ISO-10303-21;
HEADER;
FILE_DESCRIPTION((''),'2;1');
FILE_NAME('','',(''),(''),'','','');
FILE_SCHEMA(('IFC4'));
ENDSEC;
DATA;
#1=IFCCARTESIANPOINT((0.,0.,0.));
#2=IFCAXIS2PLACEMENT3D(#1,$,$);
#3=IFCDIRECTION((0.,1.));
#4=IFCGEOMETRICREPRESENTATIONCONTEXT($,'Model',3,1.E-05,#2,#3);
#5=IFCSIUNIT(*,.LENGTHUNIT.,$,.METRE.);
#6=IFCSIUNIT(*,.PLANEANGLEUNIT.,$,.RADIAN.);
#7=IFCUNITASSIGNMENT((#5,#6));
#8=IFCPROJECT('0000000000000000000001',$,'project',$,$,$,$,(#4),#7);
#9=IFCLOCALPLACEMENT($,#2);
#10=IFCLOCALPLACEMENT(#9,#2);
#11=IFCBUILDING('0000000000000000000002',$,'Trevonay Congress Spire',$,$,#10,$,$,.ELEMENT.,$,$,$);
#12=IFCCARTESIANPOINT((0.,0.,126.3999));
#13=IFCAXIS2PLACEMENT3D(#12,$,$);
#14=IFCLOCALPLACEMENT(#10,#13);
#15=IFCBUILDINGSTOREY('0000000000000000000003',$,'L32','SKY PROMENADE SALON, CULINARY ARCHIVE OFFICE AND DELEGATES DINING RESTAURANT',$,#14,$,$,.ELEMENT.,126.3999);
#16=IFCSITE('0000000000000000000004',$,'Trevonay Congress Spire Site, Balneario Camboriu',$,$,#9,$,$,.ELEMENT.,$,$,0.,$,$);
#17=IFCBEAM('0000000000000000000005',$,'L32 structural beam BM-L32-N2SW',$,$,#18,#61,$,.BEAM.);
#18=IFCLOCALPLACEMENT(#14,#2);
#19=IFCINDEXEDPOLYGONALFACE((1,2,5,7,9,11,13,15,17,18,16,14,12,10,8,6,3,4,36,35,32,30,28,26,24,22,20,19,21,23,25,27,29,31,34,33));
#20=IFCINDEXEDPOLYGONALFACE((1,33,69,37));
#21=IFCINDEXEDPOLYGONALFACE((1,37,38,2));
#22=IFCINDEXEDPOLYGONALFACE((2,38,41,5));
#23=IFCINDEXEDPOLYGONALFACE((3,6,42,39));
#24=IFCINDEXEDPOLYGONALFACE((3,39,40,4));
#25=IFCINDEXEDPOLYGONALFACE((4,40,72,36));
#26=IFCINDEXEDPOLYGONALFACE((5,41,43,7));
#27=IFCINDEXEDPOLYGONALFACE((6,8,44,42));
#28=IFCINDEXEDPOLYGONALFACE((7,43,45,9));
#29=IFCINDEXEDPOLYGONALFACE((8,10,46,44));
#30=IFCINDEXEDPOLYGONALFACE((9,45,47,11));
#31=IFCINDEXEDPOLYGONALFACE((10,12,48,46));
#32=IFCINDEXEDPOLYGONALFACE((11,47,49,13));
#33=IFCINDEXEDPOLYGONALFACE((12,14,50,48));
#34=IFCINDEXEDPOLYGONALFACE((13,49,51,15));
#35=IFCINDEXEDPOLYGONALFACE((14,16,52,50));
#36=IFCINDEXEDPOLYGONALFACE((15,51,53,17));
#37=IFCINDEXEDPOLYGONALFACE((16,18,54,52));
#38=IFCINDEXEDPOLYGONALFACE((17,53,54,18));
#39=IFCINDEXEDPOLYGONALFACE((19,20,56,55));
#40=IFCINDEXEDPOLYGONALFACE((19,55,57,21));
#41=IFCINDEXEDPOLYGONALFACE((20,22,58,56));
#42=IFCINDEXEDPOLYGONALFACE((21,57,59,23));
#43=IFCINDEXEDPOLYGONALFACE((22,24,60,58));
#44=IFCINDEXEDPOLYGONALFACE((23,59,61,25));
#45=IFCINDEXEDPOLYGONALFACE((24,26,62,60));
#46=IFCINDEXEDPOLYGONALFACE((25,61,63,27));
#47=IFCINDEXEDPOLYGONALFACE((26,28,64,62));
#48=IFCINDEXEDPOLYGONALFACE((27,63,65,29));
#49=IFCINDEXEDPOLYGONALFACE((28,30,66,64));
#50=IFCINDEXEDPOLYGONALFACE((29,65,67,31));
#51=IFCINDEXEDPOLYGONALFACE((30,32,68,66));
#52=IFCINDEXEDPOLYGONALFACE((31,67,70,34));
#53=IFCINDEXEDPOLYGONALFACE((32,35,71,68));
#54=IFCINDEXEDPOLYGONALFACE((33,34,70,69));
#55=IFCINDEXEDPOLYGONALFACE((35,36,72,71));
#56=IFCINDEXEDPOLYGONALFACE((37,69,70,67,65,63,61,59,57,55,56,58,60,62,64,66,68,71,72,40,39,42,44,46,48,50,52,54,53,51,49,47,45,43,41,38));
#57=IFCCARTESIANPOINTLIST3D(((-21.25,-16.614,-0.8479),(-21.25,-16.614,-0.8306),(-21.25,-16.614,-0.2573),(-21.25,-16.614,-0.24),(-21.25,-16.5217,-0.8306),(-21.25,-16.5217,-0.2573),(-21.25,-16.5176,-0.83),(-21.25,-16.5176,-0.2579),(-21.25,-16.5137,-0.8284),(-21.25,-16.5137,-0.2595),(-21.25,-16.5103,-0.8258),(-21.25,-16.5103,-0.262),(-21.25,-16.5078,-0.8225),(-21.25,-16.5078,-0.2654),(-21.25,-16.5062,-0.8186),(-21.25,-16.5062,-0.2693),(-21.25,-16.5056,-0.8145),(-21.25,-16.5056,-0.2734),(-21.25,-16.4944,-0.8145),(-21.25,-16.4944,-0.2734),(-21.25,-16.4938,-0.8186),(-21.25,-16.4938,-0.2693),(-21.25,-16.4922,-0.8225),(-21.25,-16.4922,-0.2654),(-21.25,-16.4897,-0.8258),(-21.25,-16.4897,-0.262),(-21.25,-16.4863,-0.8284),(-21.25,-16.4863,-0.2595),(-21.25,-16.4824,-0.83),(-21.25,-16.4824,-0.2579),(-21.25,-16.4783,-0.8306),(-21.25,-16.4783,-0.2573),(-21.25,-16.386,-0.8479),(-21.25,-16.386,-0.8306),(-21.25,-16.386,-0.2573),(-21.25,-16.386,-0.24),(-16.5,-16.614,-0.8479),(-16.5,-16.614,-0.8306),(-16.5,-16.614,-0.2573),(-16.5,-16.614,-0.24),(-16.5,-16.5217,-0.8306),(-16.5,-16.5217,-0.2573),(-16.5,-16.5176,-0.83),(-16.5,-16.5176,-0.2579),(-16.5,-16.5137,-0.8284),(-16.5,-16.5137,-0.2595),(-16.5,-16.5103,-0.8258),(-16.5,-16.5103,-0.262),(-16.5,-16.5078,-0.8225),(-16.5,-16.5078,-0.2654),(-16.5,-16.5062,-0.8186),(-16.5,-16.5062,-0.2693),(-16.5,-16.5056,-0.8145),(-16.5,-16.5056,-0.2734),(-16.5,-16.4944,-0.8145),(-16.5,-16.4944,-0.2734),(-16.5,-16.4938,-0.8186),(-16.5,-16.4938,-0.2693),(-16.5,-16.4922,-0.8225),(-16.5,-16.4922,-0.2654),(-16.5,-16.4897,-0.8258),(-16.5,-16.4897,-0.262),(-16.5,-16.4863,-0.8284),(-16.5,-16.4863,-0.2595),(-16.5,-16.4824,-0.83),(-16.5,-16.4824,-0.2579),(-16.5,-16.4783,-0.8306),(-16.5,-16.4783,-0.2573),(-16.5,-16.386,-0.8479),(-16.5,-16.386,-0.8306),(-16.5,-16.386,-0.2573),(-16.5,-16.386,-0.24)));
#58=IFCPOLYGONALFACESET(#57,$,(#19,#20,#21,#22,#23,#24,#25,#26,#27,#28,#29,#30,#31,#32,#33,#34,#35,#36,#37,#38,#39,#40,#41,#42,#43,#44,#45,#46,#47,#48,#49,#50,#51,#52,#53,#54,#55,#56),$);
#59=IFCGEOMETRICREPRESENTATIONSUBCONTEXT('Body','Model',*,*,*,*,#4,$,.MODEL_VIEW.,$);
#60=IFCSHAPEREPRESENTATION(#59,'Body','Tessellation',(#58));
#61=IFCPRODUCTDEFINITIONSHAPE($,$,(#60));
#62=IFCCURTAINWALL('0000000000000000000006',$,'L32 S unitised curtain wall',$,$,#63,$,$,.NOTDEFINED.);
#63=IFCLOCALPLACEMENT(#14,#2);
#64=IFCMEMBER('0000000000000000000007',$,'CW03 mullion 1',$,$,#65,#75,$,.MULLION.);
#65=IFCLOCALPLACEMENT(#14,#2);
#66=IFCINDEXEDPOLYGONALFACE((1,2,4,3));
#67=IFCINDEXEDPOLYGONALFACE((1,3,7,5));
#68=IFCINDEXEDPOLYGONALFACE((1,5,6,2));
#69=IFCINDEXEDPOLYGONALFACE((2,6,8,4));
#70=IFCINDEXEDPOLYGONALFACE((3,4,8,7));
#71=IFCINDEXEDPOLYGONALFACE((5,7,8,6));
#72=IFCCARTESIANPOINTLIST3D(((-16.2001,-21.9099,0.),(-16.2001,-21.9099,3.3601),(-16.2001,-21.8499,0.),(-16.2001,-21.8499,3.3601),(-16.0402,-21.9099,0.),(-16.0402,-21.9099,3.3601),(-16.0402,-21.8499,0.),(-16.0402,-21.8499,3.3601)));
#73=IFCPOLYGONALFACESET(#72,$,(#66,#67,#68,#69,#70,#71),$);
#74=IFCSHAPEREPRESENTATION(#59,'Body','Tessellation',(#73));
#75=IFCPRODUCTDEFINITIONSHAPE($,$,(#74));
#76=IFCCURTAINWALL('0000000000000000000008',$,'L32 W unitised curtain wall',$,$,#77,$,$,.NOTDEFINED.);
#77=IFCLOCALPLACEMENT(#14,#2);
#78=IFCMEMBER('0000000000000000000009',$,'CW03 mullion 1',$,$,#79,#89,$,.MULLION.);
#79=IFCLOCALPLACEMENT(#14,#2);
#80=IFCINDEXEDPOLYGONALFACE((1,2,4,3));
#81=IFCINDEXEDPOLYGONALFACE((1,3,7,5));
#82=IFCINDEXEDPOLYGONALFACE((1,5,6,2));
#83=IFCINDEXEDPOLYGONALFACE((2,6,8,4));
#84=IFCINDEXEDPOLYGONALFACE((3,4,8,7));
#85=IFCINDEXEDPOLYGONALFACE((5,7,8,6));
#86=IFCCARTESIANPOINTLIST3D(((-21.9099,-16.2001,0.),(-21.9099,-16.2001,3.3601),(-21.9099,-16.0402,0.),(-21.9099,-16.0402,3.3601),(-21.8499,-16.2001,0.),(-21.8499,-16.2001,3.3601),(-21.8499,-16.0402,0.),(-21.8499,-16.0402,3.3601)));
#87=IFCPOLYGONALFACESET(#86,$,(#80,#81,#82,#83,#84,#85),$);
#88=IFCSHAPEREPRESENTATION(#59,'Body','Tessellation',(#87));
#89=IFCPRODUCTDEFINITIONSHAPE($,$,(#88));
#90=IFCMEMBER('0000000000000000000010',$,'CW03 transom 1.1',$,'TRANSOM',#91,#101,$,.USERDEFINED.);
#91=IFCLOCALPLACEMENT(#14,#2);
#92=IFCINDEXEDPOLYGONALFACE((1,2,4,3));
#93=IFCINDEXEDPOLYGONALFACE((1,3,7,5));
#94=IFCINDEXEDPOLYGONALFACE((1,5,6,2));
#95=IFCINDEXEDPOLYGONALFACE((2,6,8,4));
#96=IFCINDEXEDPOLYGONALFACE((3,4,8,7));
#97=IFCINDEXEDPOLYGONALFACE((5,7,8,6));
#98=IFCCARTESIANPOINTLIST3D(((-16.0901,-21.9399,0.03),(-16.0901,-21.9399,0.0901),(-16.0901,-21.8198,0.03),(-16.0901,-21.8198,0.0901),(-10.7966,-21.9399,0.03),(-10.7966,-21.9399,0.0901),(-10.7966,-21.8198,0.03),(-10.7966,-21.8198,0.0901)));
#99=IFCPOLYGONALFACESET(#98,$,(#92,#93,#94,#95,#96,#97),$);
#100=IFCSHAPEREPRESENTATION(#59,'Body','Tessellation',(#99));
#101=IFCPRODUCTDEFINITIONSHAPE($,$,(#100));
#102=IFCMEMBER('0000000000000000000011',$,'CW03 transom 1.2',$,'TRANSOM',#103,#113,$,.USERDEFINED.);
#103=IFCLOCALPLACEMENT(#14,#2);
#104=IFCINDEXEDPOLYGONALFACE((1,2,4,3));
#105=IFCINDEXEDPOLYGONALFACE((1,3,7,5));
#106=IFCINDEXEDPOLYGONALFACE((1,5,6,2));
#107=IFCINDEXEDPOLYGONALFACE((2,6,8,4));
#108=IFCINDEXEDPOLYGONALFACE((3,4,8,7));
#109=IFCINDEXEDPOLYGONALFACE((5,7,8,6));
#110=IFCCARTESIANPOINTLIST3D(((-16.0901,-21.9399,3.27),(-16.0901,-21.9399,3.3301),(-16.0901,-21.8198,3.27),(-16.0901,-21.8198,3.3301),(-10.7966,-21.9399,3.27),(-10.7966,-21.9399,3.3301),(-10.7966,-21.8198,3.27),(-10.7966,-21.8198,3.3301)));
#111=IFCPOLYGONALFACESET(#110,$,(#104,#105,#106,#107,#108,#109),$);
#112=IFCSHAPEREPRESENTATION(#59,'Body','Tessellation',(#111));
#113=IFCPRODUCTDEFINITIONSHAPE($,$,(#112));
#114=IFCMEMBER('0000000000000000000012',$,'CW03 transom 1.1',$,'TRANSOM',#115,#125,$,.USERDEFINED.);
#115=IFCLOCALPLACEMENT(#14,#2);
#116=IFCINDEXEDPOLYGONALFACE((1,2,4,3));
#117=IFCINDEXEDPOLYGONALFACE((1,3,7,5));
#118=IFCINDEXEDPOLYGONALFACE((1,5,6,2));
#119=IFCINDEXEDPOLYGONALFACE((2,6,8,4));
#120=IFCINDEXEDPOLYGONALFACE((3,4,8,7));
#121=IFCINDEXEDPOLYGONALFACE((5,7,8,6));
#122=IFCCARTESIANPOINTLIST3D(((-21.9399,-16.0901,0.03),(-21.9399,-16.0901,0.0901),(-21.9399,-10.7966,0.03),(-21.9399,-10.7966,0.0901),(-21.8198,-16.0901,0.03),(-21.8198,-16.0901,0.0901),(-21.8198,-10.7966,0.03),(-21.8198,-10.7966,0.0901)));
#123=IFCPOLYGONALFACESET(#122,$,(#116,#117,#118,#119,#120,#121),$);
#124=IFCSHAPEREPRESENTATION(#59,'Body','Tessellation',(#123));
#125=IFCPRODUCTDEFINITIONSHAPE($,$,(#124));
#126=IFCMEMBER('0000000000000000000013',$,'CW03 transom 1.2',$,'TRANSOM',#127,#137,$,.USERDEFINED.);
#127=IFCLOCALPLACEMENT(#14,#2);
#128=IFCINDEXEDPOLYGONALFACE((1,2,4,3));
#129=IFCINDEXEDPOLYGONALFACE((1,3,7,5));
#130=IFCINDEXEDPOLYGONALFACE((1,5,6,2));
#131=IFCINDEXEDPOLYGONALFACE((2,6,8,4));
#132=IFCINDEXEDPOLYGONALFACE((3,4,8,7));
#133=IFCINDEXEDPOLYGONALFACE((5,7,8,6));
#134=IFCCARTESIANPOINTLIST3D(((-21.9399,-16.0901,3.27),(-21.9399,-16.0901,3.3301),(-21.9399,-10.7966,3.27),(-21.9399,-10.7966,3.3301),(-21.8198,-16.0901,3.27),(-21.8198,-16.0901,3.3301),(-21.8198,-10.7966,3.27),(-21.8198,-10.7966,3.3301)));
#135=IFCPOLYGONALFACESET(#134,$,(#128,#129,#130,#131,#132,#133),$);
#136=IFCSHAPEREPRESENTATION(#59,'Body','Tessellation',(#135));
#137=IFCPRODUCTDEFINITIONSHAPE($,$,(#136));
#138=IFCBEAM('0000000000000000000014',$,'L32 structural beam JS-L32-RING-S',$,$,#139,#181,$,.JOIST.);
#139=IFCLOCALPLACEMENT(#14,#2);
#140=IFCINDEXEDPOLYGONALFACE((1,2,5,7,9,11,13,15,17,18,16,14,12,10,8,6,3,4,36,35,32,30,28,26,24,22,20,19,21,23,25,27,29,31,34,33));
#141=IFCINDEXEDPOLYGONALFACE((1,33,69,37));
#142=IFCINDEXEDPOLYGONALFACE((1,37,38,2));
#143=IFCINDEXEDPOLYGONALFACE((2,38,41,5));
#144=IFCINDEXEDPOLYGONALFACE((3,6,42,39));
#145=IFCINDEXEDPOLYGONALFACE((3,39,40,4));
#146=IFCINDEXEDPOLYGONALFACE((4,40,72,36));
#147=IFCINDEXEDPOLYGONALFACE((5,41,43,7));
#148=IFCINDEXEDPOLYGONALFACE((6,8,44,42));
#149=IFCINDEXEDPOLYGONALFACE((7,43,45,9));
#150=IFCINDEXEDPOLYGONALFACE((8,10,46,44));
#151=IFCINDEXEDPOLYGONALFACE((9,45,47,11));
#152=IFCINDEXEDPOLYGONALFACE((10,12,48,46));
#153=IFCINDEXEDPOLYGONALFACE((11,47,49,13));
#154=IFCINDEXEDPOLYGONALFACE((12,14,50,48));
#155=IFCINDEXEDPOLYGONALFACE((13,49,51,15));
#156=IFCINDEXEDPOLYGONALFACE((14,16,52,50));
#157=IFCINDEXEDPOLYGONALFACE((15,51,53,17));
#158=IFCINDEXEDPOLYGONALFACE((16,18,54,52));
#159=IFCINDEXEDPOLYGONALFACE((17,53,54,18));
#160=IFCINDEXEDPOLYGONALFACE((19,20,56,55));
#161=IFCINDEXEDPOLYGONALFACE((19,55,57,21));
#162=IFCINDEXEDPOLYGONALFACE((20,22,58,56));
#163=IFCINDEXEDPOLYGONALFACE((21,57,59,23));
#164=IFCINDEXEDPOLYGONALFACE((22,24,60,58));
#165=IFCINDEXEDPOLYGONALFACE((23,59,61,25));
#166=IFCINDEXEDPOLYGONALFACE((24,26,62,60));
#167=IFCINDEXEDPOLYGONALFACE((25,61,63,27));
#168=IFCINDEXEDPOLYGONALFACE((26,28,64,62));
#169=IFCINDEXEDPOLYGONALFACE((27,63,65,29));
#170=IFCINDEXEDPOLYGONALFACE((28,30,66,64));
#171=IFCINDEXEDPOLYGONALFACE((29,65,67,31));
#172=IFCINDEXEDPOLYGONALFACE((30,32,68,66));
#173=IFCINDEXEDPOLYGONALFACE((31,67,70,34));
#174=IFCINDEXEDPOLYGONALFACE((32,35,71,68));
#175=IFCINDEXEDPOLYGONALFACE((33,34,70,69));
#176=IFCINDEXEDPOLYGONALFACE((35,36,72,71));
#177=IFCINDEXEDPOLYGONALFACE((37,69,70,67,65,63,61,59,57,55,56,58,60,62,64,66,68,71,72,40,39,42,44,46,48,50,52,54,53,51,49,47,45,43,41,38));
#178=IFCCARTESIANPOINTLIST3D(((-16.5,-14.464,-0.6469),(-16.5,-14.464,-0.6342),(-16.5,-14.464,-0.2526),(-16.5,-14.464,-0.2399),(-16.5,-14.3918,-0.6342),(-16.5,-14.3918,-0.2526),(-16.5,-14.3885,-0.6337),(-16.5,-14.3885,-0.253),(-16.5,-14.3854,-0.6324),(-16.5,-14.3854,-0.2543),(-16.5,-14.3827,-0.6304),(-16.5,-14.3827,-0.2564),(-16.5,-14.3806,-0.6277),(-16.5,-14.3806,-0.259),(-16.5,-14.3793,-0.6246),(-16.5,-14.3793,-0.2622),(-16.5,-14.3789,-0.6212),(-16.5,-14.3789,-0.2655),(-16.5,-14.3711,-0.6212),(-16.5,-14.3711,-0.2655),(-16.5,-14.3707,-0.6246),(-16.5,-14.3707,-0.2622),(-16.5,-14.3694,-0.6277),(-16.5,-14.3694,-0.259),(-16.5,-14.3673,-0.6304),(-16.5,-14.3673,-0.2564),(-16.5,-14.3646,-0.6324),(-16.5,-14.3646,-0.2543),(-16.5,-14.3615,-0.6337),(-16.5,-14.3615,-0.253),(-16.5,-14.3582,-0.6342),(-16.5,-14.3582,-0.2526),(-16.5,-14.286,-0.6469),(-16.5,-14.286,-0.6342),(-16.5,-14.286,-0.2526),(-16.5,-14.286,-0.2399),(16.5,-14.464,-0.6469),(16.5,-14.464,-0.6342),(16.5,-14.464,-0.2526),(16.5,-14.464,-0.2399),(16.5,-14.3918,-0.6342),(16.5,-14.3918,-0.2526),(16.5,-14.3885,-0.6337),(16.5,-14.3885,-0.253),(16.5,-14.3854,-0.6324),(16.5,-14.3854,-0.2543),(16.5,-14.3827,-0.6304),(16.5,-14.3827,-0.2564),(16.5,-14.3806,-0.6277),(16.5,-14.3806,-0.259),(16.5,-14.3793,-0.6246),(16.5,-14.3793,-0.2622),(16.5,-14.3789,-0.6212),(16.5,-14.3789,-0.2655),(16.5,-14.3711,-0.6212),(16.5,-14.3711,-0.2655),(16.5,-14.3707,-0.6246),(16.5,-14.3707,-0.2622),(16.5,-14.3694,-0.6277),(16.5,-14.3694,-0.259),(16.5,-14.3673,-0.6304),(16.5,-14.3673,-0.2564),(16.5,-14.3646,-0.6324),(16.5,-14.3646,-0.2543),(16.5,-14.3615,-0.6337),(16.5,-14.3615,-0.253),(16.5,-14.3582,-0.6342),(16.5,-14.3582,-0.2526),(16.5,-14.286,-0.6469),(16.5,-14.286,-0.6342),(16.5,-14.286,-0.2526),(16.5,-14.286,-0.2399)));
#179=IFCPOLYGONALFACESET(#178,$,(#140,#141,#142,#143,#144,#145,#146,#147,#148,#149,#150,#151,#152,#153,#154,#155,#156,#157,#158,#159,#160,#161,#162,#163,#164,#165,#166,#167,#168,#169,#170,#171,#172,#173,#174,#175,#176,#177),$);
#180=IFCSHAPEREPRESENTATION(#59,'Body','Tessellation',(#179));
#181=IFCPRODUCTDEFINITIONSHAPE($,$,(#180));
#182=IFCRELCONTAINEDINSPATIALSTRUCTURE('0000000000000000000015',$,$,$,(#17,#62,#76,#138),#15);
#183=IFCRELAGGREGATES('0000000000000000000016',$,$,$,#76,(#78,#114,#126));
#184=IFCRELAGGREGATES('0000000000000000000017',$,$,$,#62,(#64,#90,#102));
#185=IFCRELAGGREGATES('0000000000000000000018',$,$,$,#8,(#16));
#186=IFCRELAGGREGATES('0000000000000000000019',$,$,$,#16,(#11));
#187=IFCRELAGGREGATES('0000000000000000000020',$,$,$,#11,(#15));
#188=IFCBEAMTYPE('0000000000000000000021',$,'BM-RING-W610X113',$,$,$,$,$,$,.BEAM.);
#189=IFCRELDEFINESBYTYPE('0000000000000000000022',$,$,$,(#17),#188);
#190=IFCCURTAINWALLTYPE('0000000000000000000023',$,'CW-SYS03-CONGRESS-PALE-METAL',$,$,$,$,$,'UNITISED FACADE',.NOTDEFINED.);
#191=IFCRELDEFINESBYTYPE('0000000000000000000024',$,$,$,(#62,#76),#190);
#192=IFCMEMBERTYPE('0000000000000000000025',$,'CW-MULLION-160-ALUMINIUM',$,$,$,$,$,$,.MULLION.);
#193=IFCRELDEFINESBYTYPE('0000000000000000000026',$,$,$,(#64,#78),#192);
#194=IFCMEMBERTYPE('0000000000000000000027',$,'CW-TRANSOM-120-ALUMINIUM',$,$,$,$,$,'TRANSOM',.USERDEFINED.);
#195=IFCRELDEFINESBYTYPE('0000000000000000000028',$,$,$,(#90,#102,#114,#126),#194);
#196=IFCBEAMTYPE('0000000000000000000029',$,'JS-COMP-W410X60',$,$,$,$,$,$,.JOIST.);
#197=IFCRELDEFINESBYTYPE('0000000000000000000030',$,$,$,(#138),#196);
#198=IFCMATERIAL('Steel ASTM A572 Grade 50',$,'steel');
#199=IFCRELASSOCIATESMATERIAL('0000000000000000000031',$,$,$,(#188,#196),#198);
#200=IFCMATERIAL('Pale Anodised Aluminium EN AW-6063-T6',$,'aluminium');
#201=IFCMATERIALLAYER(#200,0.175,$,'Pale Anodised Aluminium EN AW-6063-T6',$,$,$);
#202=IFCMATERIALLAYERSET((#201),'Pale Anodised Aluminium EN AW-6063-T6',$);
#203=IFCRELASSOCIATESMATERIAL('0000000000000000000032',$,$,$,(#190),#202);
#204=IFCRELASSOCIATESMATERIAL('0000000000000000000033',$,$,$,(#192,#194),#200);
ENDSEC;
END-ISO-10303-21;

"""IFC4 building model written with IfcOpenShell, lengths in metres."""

from ifc_helpers import new_model, si_unit, direction, frame, origin, origin_2d, place, context, subcontext, project, spatial, rectangle, i_section, extrude, material, layer, layer_set, material_profile, profile_set, type_object, element, aggregate, save


model = new_model("IFC4")

# Units and contexts
model_context = context("Model", 3, precision=1e-05, world=origin(), true_north=direction((0.0, 1.0)))
body_context = subcontext(model_context, "Body", "Model", "MODEL_VIEW")
ifc_project = project(units=[si_unit("LENGTHUNIT", "METRE"), si_unit("PLANEANGLEUNIT", "RADIAN")], contexts=[model_context])

# Site, building, storey
site_placement = place(None, origin())
site = spatial("IfcSite", under=ifc_project, at=site_placement, Name="Trevonay Congress Spire Site, Balneario Camboriu", CompositionType="ELEMENT", RefElevation=0.0)
building_placement = place(site_placement, origin())
building = spatial("IfcBuilding", under=site, at=building_placement, Name="Trevonay Congress Spire", CompositionType="ELEMENT")
storey_placement = place(building_placement, frame((0.0, 0.0, 126.3999)))
storey = spatial("IfcBuildingStorey", under=building, at=storey_placement, Name="L32", Description="SKY PROMENADE SALON, CULINARY ARCHIVE OFFICE AND DELEGATES DINING RESTAURANT", CompositionType="ELEMENT", Elevation=126.3999)

# Shared definitions
ifc_material_1 = material(Name="Steel ASTM A572 Grade 50", Category="steel")

# Beam
ifc_material_profile_1 = material_profile(ifc_material_1, i_section(OverallWidth=0.228, OverallDepth=0.6079, WebThickness=0.0112, FlangeThickness=0.0173, FilletRadius=0.0161, at=origin_2d()), Name="W610x113")
ifc_profile_set_1 = profile_set([ifc_material_profile_1], Name="Steel ASTM A572 Grade 50")
beam_type_1 = type_object("IfcBeamType", Name="BM-RING-W610X113", PredefinedType="BEAM", material=ifc_profile_set_1)
for number, where, z_axis, x_axis, name in (
    (1, (-21.25, -16.5, -0.5439), (1.0, 0.0, 0.0), (0.0, 1.0, 0.0), "L32 structural beam BM-L32-N2SW"),
):
    element("IfcBeam", number, at=place(storey_placement, frame(where, z_axis=z_axis, x_axis=x_axis)), inside=storey, type_object=beam_type_1, Name=name, PredefinedType="BEAM", context=body_context, shape_type="SweptSolid", body=[
        extrude(i_section(OverallWidth=0.228, OverallDepth=0.6079, WebThickness=0.0112, FlangeThickness=0.0173, FilletRadius=0.0161, at=origin_2d()), origin(), (0.0, 0.0, 1.0), 4.75),
    ])

# Curtain walls, members
ifc_material_2 = material(Name="Pale Anodised Aluminium EN AW-6063-T6", Category="aluminium")
ifc_layer_1 = layer(ifc_material_2, 0.175, Name="Pale Anodised Aluminium EN AW-6063-T6")
ifc_layer_set_1 = layer_set([ifc_layer_1], Name="Pale Anodised Aluminium EN AW-6063-T6")
curtain_wall_type = type_object("IfcCurtainWallType", Name="CW-SYS03-CONGRESS-PALE-METAL", ElementType="UNITISED FACADE", PredefinedType="NOTDEFINED", material=ifc_layer_set_1)
curtain_wall_1_placement = place(storey_placement, origin())
curtain_wall_1 = element("IfcCurtainWall", 2, at=curtain_wall_1_placement, inside=storey, type_object=curtain_wall_type, Name="L32 S unitised curtain wall", PredefinedType="NOTDEFINED")
ifc_material_profile_2 = material_profile(ifc_material_2, rectangle(XDim=0.0601, YDim=0.1599, at=origin_2d()), Name="CW-MULLION-160-ALUMINIUM")
ifc_profile_set_2 = profile_set([ifc_material_profile_2], Name="Pale Anodised Aluminium EN AW-6063-T6")
member_type_1 = type_object("IfcMemberType", Name="CW-MULLION-160-ALUMINIUM", PredefinedType="MULLION", material=ifc_profile_set_2)
member_1_placement = place(storey_placement, frame((-16.1201, -21.8799, 0.0), z_axis=(0.0, 0.0, 1.0), x_axis=(0.0, 1.0, 0.0)))
member_1 = element("IfcMember", 3, at=member_1_placement, type_object=member_type_1, Name="CW03 mullion 1", PredefinedType="MULLION", context=body_context, shape_type="SweptSolid", body=[
    extrude(rectangle(XDim=0.0601, YDim=0.1599, at=origin_2d()), origin(), (0.0, 0.0, 1.0), 3.3601),
])
curtain_wall_2_placement = place(storey_placement, origin())
curtain_wall_2 = element("IfcCurtainWall", 4, at=curtain_wall_2_placement, inside=storey, type_object=curtain_wall_type, Name="L32 W unitised curtain wall", PredefinedType="NOTDEFINED")
member_2_placement = place(storey_placement, frame((-21.8799, -16.1201, 0.0), z_axis=(0.0, 0.0, 1.0), x_axis=(-1.0, 0.0, 0.0)))
member_2 = element("IfcMember", 5, at=member_2_placement, type_object=member_type_1, Name="CW03 mullion 1", PredefinedType="MULLION", context=body_context, shape_type="SweptSolid", body=[
    extrude(rectangle(XDim=0.0601, YDim=0.1599, at=origin_2d()), origin(), (0.0, 0.0, 1.0), 3.3601),
])

# Members
ifc_material_profile_3 = material_profile(ifc_material_2, rectangle(XDim=0.1201, YDim=0.0601, at=origin_2d()), Name="CW-TRANSOM-120-ALUMINIUM")
ifc_profile_set_3 = profile_set([ifc_material_profile_3], Name="Pale Anodised Aluminium EN AW-6063-T6")
member_type_2 = type_object("IfcMemberType", Name="CW-TRANSOM-120-ALUMINIUM", ElementType="TRANSOM", PredefinedType="USERDEFINED", material=ifc_profile_set_3)
member_3_placement = place(storey_placement, frame((-16.0901, -21.8799, 0.0601), z_axis=(1.0, 0.0, 0.0), x_axis=(0.0, 1.0, 0.0)))
member_3 = element("IfcMember", 6, at=member_3_placement, type_object=member_type_2, Name="CW03 transom 1.1", ObjectType="TRANSOM", PredefinedType="USERDEFINED", context=body_context, shape_type="SweptSolid", body=[
    extrude(rectangle(XDim=0.1201, YDim=0.0601, at=origin_2d()), origin(), (0.0, 0.0, 1.0), 5.2935),
])
member_4_placement = place(storey_placement, frame((-16.0901, -21.8799, 3.3), z_axis=(1.0, 0.0, 0.0), x_axis=(0.0, 1.0, 0.0)))
member_4 = element("IfcMember", 7, at=member_4_placement, type_object=member_type_2, Name="CW03 transom 1.2", ObjectType="TRANSOM", PredefinedType="USERDEFINED", context=body_context, shape_type="SweptSolid", body=[
    extrude(rectangle(XDim=0.1201, YDim=0.0601, at=origin_2d()), origin(), (0.0, 0.0, 1.0), 5.2935),
])
member_5_placement = place(storey_placement, frame((-21.8799, -16.0901, 0.0601), z_axis=(0.0, 1.0, 0.0), x_axis=(-1.0, 0.0, 0.0)))
member_5 = element("IfcMember", 8, at=member_5_placement, type_object=member_type_2, Name="CW03 transom 1.1", ObjectType="TRANSOM", PredefinedType="USERDEFINED", context=body_context, shape_type="SweptSolid", body=[
    extrude(rectangle(XDim=0.1201, YDim=0.0601, at=origin_2d()), origin(), (0.0, 0.0, 1.0), 5.2935),
])
member_6_placement = place(storey_placement, frame((-21.8799, -16.0901, 3.3), z_axis=(0.0, 1.0, 0.0), x_axis=(-1.0, 0.0, 0.0)))
member_6 = element("IfcMember", 9, at=member_6_placement, type_object=member_type_2, Name="CW03 transom 1.2", ObjectType="TRANSOM", PredefinedType="USERDEFINED", context=body_context, shape_type="SweptSolid", body=[
    extrude(rectangle(XDim=0.1201, YDim=0.0601, at=origin_2d()), origin(), (0.0, 0.0, 1.0), 5.2935),
])
aggregate(curtain_wall_2, [member_2, member_5, member_6])

# Beam
ifc_material_profile_4 = material_profile(ifc_material_1, i_section(OverallWidth=0.178, OverallDepth=0.407, WebThickness=0.0078, FlangeThickness=0.0127, FilletRadius=0.0129, at=origin_2d()), Name="W410x60")
ifc_profile_set_4 = profile_set([ifc_material_profile_4], Name="Steel ASTM A572 Grade 50")
beam_type_2 = type_object("IfcBeamType", Name="JS-COMP-W410X60", PredefinedType="JOIST", material=ifc_profile_set_4)
for number, where, z_axis, x_axis, name in (
    (10, (-16.5, -14.375, -0.4434), (1.0, 0.0, 0.0), (0.0, 1.0, 0.0), "L32 structural beam JS-L32-RING-S"),
):
    element("IfcBeam", number, at=place(storey_placement, frame(where, z_axis=z_axis, x_axis=x_axis)), inside=storey, type_object=beam_type_2, Name=name, PredefinedType="JOIST", context=body_context, shape_type="SweptSolid", body=[
        extrude(i_section(OverallWidth=0.178, OverallDepth=0.407, WebThickness=0.0078, FlangeThickness=0.0127, FilletRadius=0.0129, at=origin_2d()), origin(), (0.0, 0.0, 1.0), 33.0),
    ])

aggregate(curtain_wall_1, [member_1, member_3, member_4])

save(model, "model.ifc")
